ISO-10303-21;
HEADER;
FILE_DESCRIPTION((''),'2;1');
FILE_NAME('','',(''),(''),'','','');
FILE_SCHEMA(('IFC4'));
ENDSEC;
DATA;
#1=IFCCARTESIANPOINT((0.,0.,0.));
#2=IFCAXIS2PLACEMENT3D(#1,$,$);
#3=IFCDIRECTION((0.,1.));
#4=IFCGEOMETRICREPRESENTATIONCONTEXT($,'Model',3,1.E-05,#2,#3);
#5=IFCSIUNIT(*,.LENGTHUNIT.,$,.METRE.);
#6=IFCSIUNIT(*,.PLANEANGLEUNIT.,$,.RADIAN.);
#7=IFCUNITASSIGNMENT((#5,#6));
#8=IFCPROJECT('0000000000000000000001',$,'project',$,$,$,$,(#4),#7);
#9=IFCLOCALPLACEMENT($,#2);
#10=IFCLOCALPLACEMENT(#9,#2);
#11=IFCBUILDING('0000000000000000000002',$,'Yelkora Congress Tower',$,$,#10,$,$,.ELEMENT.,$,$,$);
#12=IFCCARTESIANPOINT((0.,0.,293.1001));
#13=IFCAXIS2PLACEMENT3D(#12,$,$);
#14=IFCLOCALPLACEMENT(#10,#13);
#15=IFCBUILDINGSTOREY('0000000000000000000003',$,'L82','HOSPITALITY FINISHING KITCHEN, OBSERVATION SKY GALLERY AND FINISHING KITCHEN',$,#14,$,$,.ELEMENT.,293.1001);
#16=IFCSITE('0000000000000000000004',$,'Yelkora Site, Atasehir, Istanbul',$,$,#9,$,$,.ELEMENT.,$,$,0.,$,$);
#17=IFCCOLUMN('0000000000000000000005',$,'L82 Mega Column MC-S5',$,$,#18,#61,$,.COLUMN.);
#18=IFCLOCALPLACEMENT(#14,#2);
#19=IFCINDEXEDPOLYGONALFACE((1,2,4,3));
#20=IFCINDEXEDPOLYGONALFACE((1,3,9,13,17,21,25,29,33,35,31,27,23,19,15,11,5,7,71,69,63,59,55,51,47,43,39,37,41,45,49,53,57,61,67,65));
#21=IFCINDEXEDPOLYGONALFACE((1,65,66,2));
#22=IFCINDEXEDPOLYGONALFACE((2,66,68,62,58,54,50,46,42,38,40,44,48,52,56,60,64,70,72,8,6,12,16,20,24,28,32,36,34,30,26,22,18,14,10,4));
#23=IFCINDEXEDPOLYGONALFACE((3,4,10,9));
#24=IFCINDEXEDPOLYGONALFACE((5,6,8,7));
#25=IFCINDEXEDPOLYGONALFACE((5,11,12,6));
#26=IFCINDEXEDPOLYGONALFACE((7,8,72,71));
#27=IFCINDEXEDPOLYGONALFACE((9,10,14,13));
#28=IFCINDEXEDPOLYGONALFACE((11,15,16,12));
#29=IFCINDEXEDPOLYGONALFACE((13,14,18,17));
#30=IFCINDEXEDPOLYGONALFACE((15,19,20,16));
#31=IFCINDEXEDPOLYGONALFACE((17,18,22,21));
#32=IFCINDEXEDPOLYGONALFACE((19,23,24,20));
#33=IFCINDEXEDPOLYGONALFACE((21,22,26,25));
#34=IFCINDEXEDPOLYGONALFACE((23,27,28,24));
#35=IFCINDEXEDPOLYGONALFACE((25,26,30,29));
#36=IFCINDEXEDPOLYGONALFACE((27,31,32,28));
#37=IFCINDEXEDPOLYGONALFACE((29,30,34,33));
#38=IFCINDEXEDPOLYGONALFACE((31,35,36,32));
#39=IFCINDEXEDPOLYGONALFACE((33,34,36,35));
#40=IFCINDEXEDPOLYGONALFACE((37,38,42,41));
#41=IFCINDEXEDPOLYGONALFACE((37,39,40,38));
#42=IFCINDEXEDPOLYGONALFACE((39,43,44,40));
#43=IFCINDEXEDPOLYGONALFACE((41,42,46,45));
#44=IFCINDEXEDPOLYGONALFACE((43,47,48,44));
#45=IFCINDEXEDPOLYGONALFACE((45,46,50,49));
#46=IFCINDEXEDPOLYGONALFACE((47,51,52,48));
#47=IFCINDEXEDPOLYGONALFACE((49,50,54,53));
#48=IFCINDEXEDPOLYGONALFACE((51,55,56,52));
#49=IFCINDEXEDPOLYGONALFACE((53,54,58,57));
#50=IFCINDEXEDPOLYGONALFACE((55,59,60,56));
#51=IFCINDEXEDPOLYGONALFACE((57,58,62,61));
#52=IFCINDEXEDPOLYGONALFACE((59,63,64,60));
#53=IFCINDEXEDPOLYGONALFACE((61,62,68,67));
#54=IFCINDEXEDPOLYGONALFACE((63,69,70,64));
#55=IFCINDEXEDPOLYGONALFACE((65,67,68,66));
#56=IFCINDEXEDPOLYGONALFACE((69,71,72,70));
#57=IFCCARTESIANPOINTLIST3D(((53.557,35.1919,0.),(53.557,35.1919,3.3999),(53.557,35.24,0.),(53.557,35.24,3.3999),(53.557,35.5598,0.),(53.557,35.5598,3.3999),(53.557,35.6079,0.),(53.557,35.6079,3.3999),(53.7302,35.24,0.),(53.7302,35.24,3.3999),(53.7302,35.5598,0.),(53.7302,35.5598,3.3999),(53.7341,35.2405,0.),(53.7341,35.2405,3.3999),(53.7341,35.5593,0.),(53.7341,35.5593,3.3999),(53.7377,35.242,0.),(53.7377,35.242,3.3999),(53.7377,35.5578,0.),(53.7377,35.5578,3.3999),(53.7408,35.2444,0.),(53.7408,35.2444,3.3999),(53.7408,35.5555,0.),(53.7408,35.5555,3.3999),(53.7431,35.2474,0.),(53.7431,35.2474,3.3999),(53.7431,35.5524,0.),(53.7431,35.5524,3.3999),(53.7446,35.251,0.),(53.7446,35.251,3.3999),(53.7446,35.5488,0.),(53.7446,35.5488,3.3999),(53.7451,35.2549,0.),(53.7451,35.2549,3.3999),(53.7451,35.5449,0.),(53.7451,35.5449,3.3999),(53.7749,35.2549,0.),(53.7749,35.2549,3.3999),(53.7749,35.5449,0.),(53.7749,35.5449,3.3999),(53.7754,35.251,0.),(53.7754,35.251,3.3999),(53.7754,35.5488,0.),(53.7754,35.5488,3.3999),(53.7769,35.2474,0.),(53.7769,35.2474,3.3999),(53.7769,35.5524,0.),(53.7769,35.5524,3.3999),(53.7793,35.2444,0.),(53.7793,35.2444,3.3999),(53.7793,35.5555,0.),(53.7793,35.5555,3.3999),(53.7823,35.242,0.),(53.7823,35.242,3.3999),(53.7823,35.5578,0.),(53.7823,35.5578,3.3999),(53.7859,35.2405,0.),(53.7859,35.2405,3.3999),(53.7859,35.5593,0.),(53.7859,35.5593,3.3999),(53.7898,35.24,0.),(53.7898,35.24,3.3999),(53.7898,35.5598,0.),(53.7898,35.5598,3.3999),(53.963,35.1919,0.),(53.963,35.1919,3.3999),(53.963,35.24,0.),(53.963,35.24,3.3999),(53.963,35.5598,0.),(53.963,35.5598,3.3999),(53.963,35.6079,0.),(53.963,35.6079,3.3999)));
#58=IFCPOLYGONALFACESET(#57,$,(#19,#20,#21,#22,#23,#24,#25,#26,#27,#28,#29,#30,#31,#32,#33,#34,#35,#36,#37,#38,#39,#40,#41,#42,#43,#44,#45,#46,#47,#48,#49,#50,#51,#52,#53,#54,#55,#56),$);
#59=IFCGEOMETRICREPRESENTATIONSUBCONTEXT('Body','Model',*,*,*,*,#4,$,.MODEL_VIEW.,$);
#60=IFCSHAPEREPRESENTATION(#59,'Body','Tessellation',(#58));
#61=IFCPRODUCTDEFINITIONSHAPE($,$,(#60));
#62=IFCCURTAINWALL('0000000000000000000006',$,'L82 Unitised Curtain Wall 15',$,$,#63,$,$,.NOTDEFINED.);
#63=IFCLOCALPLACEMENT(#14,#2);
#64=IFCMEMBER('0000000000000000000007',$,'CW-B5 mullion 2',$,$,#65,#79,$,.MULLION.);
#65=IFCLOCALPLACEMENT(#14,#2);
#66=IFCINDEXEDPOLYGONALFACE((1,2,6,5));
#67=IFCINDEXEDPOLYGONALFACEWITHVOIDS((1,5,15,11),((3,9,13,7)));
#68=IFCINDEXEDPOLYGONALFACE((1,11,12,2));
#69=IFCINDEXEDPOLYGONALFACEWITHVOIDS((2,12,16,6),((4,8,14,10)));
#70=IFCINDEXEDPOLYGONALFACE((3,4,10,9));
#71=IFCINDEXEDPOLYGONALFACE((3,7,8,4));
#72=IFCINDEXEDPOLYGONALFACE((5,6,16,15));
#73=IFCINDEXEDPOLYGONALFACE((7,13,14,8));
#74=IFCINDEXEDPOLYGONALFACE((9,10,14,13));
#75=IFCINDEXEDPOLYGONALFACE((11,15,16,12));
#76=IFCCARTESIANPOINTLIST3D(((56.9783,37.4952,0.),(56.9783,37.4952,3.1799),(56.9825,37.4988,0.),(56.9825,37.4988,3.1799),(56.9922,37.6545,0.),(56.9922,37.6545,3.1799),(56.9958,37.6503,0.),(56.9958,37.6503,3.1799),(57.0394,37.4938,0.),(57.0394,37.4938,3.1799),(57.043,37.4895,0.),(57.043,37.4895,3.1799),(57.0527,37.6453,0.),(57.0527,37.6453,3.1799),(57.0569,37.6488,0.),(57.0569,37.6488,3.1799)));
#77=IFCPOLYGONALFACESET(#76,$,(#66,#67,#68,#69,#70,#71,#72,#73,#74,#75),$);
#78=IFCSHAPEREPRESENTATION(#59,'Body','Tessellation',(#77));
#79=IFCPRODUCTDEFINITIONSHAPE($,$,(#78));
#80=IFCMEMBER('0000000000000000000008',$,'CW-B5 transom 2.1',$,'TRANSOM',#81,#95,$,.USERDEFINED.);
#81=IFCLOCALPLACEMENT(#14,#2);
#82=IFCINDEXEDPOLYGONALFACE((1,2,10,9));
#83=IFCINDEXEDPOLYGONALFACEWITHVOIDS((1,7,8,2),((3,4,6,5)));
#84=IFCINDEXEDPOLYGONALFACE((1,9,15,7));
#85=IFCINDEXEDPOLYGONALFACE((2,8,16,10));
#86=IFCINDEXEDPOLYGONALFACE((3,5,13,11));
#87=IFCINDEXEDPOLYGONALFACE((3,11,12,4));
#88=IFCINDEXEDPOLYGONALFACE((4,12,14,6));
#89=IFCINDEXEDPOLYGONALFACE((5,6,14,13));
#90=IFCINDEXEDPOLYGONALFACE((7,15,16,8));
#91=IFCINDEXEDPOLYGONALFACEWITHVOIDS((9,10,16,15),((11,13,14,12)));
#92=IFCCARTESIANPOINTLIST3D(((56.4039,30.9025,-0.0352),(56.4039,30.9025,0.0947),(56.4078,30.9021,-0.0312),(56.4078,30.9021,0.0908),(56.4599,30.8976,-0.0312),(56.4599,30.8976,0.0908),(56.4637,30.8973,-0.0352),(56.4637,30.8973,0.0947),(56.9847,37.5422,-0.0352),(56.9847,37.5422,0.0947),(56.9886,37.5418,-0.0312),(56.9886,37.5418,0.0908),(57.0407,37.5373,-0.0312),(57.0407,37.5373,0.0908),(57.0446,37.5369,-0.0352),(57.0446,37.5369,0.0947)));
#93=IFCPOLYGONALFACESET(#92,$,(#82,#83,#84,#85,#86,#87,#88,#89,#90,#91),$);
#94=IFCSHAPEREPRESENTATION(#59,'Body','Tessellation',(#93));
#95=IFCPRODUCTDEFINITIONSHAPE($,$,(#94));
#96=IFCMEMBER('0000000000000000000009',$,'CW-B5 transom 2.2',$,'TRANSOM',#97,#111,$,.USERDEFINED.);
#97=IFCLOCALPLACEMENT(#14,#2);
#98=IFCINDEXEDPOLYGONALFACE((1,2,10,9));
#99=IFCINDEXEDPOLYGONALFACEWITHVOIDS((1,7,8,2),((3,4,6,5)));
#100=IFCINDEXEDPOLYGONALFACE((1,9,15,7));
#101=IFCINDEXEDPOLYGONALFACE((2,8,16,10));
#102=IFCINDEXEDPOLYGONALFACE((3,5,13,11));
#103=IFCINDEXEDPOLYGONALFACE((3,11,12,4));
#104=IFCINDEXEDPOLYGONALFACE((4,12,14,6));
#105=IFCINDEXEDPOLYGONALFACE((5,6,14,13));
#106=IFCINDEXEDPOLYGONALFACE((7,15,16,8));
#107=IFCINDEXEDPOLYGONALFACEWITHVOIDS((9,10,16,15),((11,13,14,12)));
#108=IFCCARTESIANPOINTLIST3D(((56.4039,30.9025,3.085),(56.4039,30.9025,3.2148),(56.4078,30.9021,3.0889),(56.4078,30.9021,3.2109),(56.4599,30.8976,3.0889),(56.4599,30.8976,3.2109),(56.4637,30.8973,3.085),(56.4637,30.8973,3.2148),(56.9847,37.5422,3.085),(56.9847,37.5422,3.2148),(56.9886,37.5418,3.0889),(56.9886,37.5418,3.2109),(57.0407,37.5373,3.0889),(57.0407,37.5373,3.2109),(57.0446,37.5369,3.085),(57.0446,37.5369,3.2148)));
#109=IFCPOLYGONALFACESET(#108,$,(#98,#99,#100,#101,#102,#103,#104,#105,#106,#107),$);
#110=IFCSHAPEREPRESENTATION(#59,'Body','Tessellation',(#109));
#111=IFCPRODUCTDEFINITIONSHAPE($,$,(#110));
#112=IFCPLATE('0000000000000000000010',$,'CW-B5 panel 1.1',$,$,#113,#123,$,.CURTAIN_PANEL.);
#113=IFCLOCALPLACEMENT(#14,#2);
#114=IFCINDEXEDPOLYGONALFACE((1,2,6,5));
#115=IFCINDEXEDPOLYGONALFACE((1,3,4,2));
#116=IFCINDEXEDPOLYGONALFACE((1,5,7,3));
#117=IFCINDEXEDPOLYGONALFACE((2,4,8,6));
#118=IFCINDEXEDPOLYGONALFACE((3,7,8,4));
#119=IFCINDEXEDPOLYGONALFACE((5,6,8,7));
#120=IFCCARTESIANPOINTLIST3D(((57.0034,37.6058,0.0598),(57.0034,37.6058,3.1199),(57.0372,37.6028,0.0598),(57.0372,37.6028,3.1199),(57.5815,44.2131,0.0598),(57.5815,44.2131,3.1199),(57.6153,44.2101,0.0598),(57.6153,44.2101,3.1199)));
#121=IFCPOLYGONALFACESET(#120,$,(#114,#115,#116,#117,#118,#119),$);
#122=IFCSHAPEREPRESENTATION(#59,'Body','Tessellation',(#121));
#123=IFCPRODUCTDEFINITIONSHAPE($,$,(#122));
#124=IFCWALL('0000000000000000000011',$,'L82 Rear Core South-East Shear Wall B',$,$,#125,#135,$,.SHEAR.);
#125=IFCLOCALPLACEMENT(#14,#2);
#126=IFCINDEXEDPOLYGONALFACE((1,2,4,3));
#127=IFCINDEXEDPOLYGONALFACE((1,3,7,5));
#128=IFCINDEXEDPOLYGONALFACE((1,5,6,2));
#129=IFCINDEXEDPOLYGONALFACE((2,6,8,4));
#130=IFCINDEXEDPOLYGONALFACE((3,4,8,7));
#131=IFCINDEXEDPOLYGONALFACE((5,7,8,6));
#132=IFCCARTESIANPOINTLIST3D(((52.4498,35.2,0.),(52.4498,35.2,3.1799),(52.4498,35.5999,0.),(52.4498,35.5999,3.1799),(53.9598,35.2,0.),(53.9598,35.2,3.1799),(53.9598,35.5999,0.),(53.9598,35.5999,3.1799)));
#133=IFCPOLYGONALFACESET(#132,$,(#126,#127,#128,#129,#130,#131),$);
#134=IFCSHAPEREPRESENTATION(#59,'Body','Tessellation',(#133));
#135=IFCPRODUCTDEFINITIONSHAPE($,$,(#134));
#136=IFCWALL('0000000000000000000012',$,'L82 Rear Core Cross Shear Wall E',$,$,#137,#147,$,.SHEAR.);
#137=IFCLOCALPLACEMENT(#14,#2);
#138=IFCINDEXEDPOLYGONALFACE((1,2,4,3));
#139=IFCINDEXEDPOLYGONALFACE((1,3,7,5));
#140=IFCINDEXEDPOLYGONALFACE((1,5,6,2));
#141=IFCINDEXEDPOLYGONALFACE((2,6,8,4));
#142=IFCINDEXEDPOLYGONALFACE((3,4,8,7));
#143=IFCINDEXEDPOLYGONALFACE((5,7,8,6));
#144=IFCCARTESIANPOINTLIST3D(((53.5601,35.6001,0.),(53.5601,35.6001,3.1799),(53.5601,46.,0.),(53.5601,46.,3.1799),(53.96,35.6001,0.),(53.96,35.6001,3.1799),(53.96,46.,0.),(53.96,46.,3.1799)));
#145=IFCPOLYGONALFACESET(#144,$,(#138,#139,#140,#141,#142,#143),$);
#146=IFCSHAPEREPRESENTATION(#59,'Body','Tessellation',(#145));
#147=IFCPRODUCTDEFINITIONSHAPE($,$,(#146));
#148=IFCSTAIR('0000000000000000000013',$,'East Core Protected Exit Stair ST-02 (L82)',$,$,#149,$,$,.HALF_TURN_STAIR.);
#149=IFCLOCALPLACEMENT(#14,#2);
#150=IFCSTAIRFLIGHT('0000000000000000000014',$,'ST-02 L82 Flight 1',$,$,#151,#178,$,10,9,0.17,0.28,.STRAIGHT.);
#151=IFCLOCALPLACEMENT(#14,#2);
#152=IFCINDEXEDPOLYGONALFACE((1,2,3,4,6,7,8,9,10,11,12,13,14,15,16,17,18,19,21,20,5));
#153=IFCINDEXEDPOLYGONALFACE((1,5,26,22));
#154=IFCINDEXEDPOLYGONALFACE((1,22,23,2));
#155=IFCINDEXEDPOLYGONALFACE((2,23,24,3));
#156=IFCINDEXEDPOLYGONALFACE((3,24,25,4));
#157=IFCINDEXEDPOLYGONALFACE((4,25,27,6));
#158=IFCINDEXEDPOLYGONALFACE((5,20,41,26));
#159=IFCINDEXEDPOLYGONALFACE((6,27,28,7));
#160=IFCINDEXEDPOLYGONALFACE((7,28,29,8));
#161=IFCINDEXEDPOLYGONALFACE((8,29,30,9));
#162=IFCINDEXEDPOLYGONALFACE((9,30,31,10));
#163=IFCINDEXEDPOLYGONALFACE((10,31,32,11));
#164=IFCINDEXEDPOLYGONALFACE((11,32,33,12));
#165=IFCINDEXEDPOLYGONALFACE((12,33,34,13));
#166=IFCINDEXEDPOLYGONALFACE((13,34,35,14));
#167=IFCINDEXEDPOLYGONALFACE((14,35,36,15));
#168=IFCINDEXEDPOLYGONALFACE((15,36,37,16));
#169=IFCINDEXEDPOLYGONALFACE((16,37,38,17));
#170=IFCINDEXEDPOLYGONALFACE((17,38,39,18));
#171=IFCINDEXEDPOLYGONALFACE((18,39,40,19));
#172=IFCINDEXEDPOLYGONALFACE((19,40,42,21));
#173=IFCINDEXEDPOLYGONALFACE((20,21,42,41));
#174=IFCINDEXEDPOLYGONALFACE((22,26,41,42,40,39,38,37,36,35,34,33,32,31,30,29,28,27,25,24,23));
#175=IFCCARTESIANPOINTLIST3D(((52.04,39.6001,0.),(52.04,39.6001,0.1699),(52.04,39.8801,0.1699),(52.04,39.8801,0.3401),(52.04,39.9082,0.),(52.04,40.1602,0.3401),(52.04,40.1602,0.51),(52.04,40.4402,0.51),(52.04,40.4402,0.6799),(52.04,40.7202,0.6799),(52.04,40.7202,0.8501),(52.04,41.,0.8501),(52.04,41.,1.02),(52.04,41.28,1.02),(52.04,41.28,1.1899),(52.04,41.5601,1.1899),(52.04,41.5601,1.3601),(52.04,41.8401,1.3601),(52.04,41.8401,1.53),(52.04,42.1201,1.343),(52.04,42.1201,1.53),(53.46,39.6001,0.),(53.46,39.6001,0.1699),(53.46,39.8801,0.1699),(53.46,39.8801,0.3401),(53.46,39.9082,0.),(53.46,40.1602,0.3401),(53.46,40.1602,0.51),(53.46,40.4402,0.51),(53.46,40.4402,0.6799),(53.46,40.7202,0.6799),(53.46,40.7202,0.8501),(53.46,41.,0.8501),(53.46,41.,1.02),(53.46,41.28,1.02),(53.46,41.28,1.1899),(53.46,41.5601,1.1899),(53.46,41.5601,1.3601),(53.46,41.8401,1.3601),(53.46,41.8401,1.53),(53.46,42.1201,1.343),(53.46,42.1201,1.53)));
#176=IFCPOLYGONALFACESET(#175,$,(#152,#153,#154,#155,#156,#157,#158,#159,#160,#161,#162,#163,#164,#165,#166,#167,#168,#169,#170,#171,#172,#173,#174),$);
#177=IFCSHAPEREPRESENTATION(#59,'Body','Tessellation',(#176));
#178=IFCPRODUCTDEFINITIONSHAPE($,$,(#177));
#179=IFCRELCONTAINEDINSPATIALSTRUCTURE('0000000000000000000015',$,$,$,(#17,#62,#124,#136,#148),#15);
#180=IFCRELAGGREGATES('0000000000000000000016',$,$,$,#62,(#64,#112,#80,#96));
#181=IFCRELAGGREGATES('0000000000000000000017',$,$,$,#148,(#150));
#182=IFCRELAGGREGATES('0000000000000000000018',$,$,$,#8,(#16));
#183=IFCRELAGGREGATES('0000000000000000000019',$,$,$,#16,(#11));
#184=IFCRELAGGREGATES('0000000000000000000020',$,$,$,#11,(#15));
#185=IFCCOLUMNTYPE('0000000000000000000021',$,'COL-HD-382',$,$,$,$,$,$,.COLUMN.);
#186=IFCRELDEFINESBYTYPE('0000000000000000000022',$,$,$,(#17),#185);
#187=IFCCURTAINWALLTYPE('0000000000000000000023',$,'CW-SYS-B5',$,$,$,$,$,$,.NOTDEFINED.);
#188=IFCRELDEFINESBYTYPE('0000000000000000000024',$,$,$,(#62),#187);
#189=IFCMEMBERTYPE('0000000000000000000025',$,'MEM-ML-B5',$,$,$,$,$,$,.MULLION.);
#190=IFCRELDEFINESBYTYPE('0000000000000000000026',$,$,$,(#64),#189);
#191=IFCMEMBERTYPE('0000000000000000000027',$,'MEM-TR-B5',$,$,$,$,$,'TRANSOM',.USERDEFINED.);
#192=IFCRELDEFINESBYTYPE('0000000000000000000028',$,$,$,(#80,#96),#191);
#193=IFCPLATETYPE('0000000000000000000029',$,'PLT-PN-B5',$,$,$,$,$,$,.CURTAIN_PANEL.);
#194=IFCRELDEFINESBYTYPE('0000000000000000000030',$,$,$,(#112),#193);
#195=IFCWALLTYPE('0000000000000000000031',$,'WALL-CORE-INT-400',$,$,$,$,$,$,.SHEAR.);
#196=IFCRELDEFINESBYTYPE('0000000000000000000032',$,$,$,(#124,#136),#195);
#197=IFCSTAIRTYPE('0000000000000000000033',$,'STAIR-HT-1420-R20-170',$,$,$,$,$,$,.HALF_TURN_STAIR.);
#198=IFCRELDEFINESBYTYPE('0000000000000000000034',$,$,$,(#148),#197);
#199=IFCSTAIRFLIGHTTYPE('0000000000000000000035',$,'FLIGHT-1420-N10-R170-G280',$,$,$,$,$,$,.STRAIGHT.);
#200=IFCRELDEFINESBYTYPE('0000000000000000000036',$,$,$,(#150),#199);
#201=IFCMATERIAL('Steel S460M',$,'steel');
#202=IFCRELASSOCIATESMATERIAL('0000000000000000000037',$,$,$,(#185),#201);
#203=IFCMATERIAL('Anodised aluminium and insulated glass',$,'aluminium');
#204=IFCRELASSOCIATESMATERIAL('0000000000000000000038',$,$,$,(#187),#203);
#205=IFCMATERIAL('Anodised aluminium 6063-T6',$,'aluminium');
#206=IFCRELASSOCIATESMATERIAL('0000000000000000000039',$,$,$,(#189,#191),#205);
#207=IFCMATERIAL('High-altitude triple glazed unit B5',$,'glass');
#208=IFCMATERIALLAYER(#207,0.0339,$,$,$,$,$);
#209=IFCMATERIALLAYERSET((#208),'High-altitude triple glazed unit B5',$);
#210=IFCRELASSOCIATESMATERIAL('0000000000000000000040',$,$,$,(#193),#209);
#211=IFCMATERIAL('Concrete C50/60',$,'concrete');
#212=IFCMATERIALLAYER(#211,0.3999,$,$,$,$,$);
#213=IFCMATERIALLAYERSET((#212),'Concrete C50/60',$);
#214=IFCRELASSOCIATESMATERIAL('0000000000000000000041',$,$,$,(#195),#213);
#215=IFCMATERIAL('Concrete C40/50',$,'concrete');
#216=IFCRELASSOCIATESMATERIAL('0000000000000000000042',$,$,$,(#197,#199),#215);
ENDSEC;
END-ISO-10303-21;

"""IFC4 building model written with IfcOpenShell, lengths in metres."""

from ifc_helpers import new_model, si_unit, direction, frame, frame_2d, origin, origin_2d, place, context, subcontext, project, spatial, polyline, rectangle, hollow_rectangle, i_section, outline, extrude, material, layer, layer_set, material_profile, profile_set, type_object, element, aggregate, save


model = new_model("IFC4")

# Units and contexts
model_context = context("Model", 3, precision=1e-05, world=origin(), true_north=direction((0.0, 1.0)))
body_context = subcontext(model_context, "Body", "Model", "MODEL_VIEW")
ifc_project = project(units=[si_unit("LENGTHUNIT", "METRE"), si_unit("PLANEANGLEUNIT", "RADIAN")], contexts=[model_context])

# Site, building, storey
site_placement = place(None, origin())
site = spatial("IfcSite", under=ifc_project, at=site_placement, Name="Yelkora Site, Atasehir, Istanbul", CompositionType="ELEMENT", RefElevation=0.0)
building_placement = place(site_placement, origin())
building = spatial("IfcBuilding", under=site, at=building_placement, Name="Yelkora Congress Tower", CompositionType="ELEMENT")
storey_placement = place(building_placement, frame((0.0, 0.0, 293.1001)))
storey = spatial("IfcBuildingStorey", under=building, at=storey_placement, Name="L82", Description="HOSPITALITY FINISHING KITCHEN, OBSERVATION SKY GALLERY AND FINISHING KITCHEN", CompositionType="ELEMENT", Elevation=293.1001)

# Column
ifc_material_1 = material(Name="Steel S460M", Category="steel")
ifc_material_profile_1 = material_profile(ifc_material_1, i_section(OverallWidth=0.406, OverallDepth=0.416, WebThickness=0.0298, FlangeThickness=0.0481, FilletRadius=0.0149, at=origin_2d()), Name="HD 400x382")
ifc_profile_set_1 = profile_set([ifc_material_profile_1], Name="Steel S460M")
column_type = type_object("IfcColumnType", Name="COL-HD-382", PredefinedType="COLUMN", material=ifc_profile_set_1)
column_placement = place(storey_placement, frame((53.76, 35.3999, 0.0), z_axis=(0.0, 0.0, 1.0), x_axis=(1.0, 0.0, 0.0)))
element("IfcColumn", 1, at=column_placement, inside=storey, type_object=column_type, Name="L82 Mega Column MC-S5", PredefinedType="COLUMN", context=body_context, shape_type="SweptSolid", body=[
    extrude(i_section(OverallWidth=0.406, OverallDepth=0.416, WebThickness=0.0298, FlangeThickness=0.0481, FilletRadius=0.0149, at=origin_2d()), origin(), (0.0, 0.0, 1.0), 3.3999),
])

# Curtain wall, members, plate
ifc_material_2 = material(Name="Anodised aluminium and insulated glass", Category="aluminium")
curtain_wall_type = type_object("IfcCurtainWallType", Name="CW-SYS-B5", PredefinedType="NOTDEFINED", material=ifc_material_2)
curtain_wall_placement = place(storey_placement, origin())
curtain_wall = element("IfcCurtainWall", 2, at=curtain_wall_placement, inside=storey, type_object=curtain_wall_type, Name="L82 Unitised Curtain Wall 15", PredefinedType="NOTDEFINED")
ifc_material_3 = material(Name="Anodised aluminium 6063-T6", Category="aluminium")
ifc_material_profile_2 = material_profile(ifc_material_3, hollow_rectangle(XDim=0.0649, YDim=0.1599, WallThickness=0.0039, at=origin_2d()), Name="ALU 65x160x4")
ifc_profile_set_2 = profile_set([ifc_material_profile_2], Name="Anodised aluminium 6063-T6")
member_type_1 = type_object("IfcMemberType", Name="MEM-ML-B5", PredefinedType="MULLION", material=ifc_profile_set_2)
member_1_placement = place(storey_placement, frame((57.0176, 37.572, 0.0), z_axis=(0.0, 0.0, 1.0), x_axis=(0.996194, -0.087158, 0.0)))
member_1 = element("IfcMember", 3, at=member_1_placement, type_object=member_type_1, Name="CW-B5 mullion 2", PredefinedType="MULLION", context=body_context, shape_type="SweptSolid", body=[
    extrude(hollow_rectangle(XDim=0.0649, YDim=0.1599, WallThickness=0.0039, at=origin_2d()), origin(), (0.0, 0.0, 1.0), 3.1799),
])
ifc_material_profile_3 = material_profile(ifc_material_3, hollow_rectangle(XDim=0.0601, YDim=0.1299, WallThickness=0.0039, at=origin_2d()), Name="ALU 60x130x4")
ifc_profile_set_3 = profile_set([ifc_material_profile_3], Name="Anodised aluminium 6063-T6")
member_type_2 = type_object("IfcMemberType", Name="MEM-TR-B5", ElementType="TRANSOM", PredefinedType="USERDEFINED", material=ifc_profile_set_3)
member_2_placement = place(storey_placement, frame((57.0146, 37.5396, 0.0298), z_axis=(-0.087143, -0.996196, 0.0), x_axis=(0.996196, -0.087143, 0.0)))
member_2 = element("IfcMember", 4, at=member_2_placement, type_object=member_type_2, Name="CW-B5 transom 2.1", ObjectType="TRANSOM", PredefinedType="USERDEFINED", context=body_context, shape_type="SweptSolid", body=[
    extrude(hollow_rectangle(XDim=0.0601, YDim=0.1299, WallThickness=0.0039, at=origin_2d()), origin(), (0.0, 0.0, 1.0), 6.665),
])
member_3_placement = place(storey_placement, frame((57.0146, 37.5396, 3.1499), z_axis=(-0.087143, -0.996196, 0.0), x_axis=(0.996196, -0.087143, 0.0)))
member_3 = element("IfcMember", 5, at=member_3_placement, type_object=member_type_2, Name="CW-B5 transom 2.2", ObjectType="TRANSOM", PredefinedType="USERDEFINED", context=body_context, shape_type="SweptSolid", body=[
    extrude(hollow_rectangle(XDim=0.0601, YDim=0.1299, WallThickness=0.0039, at=origin_2d()), origin(), (0.0, 0.0, 1.0), 6.665),
])
ifc_material_4 = material(Name="High-altitude triple glazed unit B5", Category="glass")
ifc_layer_1 = layer(ifc_material_4, 0.0339)
ifc_layer_set_1 = layer_set([ifc_layer_1], Name="High-altitude triple glazed unit B5")
plate_type = type_object("IfcPlateType", Name="PLT-PN-B5", PredefinedType="CURTAIN_PANEL", material=ifc_layer_set_1)
plate_placement = place(storey_placement, frame((57.3093, 40.908, 0.0598), z_axis=(0.0, 0.0, 1.0), x_axis=(-0.087158, -0.996194, 0.0)))
plate = element("IfcPlate", 6, at=plate_placement, type_object=plate_type, Name="CW-B5 panel 1.1", PredefinedType="CURTAIN_PANEL", context=body_context, shape_type="SweptSolid", body=[
    extrude(rectangle(XDim=6.6326, YDim=0.0339, at=origin_2d()), origin(), (0.0, 0.0, 1.0), 3.0601),
])
aggregate(curtain_wall, [member_1, plate, member_2, member_3])

# Walls
ifc_material_5 = material(Name="Concrete C50/60", Category="concrete")
ifc_layer_2 = layer(ifc_material_5, 0.3999)
ifc_layer_set_2 = layer_set([ifc_layer_2], Name="Concrete C50/60")
wall_type = type_object("IfcWallType", Name="WALL-CORE-INT-400", PredefinedType="SHEAR", material=ifc_layer_set_2)
wall_1_placement = place(storey_placement, frame((52.45, 35.3999, 0.0), z_axis=(0.0, 0.0, 1.0), x_axis=(1.0, 0.0, 0.0)))
element("IfcWall", 7, at=wall_1_placement, inside=storey, type_object=wall_type, Name="L82 Rear Core South-East Shear Wall B", PredefinedType="SHEAR", context=body_context, shape_type="SweptSolid", body=[
    extrude(rectangle(XDim=1.51, YDim=0.3999, at=frame_2d((0.7549, 0.0))), origin(), (0.0, 0.0, 1.0), 3.1799),
])
wall_2_placement = place(storey_placement, frame((53.76, 35.6001, 0.0), z_axis=(0.0, 0.0, 1.0), x_axis=(0.0, 1.0, 0.0)))
element("IfcWall", 8, at=wall_2_placement, inside=storey, type_object=wall_type, Name="L82 Rear Core Cross Shear Wall E", PredefinedType="SHEAR", context=body_context, shape_type="SweptSolid", body=[
    extrude(rectangle(XDim=10.3999, YDim=0.3999, at=frame_2d((5.2, 0.0))), origin(), (0.0, 0.0, 1.0), 3.1799),
])

# Stair, stair flight
ifc_material_6 = material(Name="Concrete C40/50", Category="concrete")
stair_type = type_object("IfcStairType", Name="STAIR-HT-1420-R20-170", PredefinedType="HALF_TURN_STAIR", material=ifc_material_6)
stair_placement = place(storey_placement, origin())
stair = element("IfcStair", 9, at=stair_placement, inside=storey, type_object=stair_type, Name="East Core Protected Exit Stair ST-02 (L82)", PredefinedType="HALF_TURN_STAIR")
stair_flight_type = type_object("IfcStairFlightType", Name="FLIGHT-1420-N10-R170-G280", PredefinedType="STRAIGHT", material=ifc_material_6)
stair_flight_1_placement = place(storey_placement, frame((52.75, 39.6001, 0.0), z_axis=(0.0, 0.0, 1.0), x_axis=(0.0, 1.0, 0.0)))
stair_flight_1 = element("IfcStairFlight", 10, at=stair_flight_1_placement, type_object=stair_flight_type, Name="ST-02 L82 Flight 1", NumberOfRisers=10, NumberOfTreads=9, PredefinedType="STRAIGHT", RiserHeight=0.17, TreadLength=0.28, context=body_context, shape_type="SweptSolid", body=[
    extrude(outline(polyline([(0.0, 0.0), (0.0, 0.1699), (0.28, 0.1699), (0.28, 0.3401), (0.5601, 0.3401), (0.5601, 0.51), (0.8401, 0.51), (0.8401, 0.6799), (1.1201, 0.6799), (1.1201, 0.8501), (1.3999, 0.8501), (1.3999, 1.02), (1.6799, 1.02), (1.6799, 1.1899), (1.96, 1.1899), (1.96, 1.3601), (2.24, 1.3601), (2.24, 1.53), (2.52, 1.53), (2.52, 1.7), (2.52, 1.343), (0.3081, 0.0), (0.0, 0.0)])), frame((0.0, 0.71, 0.0), z_axis=(0.0, -1.0, 0.0), x_axis=(1.0, 0.0, 0.0)), (0.0, 0.0, 1.0), 1.4199),
])
aggregate(stair, [stair_flight_1])

save(model, "model.ifc")
